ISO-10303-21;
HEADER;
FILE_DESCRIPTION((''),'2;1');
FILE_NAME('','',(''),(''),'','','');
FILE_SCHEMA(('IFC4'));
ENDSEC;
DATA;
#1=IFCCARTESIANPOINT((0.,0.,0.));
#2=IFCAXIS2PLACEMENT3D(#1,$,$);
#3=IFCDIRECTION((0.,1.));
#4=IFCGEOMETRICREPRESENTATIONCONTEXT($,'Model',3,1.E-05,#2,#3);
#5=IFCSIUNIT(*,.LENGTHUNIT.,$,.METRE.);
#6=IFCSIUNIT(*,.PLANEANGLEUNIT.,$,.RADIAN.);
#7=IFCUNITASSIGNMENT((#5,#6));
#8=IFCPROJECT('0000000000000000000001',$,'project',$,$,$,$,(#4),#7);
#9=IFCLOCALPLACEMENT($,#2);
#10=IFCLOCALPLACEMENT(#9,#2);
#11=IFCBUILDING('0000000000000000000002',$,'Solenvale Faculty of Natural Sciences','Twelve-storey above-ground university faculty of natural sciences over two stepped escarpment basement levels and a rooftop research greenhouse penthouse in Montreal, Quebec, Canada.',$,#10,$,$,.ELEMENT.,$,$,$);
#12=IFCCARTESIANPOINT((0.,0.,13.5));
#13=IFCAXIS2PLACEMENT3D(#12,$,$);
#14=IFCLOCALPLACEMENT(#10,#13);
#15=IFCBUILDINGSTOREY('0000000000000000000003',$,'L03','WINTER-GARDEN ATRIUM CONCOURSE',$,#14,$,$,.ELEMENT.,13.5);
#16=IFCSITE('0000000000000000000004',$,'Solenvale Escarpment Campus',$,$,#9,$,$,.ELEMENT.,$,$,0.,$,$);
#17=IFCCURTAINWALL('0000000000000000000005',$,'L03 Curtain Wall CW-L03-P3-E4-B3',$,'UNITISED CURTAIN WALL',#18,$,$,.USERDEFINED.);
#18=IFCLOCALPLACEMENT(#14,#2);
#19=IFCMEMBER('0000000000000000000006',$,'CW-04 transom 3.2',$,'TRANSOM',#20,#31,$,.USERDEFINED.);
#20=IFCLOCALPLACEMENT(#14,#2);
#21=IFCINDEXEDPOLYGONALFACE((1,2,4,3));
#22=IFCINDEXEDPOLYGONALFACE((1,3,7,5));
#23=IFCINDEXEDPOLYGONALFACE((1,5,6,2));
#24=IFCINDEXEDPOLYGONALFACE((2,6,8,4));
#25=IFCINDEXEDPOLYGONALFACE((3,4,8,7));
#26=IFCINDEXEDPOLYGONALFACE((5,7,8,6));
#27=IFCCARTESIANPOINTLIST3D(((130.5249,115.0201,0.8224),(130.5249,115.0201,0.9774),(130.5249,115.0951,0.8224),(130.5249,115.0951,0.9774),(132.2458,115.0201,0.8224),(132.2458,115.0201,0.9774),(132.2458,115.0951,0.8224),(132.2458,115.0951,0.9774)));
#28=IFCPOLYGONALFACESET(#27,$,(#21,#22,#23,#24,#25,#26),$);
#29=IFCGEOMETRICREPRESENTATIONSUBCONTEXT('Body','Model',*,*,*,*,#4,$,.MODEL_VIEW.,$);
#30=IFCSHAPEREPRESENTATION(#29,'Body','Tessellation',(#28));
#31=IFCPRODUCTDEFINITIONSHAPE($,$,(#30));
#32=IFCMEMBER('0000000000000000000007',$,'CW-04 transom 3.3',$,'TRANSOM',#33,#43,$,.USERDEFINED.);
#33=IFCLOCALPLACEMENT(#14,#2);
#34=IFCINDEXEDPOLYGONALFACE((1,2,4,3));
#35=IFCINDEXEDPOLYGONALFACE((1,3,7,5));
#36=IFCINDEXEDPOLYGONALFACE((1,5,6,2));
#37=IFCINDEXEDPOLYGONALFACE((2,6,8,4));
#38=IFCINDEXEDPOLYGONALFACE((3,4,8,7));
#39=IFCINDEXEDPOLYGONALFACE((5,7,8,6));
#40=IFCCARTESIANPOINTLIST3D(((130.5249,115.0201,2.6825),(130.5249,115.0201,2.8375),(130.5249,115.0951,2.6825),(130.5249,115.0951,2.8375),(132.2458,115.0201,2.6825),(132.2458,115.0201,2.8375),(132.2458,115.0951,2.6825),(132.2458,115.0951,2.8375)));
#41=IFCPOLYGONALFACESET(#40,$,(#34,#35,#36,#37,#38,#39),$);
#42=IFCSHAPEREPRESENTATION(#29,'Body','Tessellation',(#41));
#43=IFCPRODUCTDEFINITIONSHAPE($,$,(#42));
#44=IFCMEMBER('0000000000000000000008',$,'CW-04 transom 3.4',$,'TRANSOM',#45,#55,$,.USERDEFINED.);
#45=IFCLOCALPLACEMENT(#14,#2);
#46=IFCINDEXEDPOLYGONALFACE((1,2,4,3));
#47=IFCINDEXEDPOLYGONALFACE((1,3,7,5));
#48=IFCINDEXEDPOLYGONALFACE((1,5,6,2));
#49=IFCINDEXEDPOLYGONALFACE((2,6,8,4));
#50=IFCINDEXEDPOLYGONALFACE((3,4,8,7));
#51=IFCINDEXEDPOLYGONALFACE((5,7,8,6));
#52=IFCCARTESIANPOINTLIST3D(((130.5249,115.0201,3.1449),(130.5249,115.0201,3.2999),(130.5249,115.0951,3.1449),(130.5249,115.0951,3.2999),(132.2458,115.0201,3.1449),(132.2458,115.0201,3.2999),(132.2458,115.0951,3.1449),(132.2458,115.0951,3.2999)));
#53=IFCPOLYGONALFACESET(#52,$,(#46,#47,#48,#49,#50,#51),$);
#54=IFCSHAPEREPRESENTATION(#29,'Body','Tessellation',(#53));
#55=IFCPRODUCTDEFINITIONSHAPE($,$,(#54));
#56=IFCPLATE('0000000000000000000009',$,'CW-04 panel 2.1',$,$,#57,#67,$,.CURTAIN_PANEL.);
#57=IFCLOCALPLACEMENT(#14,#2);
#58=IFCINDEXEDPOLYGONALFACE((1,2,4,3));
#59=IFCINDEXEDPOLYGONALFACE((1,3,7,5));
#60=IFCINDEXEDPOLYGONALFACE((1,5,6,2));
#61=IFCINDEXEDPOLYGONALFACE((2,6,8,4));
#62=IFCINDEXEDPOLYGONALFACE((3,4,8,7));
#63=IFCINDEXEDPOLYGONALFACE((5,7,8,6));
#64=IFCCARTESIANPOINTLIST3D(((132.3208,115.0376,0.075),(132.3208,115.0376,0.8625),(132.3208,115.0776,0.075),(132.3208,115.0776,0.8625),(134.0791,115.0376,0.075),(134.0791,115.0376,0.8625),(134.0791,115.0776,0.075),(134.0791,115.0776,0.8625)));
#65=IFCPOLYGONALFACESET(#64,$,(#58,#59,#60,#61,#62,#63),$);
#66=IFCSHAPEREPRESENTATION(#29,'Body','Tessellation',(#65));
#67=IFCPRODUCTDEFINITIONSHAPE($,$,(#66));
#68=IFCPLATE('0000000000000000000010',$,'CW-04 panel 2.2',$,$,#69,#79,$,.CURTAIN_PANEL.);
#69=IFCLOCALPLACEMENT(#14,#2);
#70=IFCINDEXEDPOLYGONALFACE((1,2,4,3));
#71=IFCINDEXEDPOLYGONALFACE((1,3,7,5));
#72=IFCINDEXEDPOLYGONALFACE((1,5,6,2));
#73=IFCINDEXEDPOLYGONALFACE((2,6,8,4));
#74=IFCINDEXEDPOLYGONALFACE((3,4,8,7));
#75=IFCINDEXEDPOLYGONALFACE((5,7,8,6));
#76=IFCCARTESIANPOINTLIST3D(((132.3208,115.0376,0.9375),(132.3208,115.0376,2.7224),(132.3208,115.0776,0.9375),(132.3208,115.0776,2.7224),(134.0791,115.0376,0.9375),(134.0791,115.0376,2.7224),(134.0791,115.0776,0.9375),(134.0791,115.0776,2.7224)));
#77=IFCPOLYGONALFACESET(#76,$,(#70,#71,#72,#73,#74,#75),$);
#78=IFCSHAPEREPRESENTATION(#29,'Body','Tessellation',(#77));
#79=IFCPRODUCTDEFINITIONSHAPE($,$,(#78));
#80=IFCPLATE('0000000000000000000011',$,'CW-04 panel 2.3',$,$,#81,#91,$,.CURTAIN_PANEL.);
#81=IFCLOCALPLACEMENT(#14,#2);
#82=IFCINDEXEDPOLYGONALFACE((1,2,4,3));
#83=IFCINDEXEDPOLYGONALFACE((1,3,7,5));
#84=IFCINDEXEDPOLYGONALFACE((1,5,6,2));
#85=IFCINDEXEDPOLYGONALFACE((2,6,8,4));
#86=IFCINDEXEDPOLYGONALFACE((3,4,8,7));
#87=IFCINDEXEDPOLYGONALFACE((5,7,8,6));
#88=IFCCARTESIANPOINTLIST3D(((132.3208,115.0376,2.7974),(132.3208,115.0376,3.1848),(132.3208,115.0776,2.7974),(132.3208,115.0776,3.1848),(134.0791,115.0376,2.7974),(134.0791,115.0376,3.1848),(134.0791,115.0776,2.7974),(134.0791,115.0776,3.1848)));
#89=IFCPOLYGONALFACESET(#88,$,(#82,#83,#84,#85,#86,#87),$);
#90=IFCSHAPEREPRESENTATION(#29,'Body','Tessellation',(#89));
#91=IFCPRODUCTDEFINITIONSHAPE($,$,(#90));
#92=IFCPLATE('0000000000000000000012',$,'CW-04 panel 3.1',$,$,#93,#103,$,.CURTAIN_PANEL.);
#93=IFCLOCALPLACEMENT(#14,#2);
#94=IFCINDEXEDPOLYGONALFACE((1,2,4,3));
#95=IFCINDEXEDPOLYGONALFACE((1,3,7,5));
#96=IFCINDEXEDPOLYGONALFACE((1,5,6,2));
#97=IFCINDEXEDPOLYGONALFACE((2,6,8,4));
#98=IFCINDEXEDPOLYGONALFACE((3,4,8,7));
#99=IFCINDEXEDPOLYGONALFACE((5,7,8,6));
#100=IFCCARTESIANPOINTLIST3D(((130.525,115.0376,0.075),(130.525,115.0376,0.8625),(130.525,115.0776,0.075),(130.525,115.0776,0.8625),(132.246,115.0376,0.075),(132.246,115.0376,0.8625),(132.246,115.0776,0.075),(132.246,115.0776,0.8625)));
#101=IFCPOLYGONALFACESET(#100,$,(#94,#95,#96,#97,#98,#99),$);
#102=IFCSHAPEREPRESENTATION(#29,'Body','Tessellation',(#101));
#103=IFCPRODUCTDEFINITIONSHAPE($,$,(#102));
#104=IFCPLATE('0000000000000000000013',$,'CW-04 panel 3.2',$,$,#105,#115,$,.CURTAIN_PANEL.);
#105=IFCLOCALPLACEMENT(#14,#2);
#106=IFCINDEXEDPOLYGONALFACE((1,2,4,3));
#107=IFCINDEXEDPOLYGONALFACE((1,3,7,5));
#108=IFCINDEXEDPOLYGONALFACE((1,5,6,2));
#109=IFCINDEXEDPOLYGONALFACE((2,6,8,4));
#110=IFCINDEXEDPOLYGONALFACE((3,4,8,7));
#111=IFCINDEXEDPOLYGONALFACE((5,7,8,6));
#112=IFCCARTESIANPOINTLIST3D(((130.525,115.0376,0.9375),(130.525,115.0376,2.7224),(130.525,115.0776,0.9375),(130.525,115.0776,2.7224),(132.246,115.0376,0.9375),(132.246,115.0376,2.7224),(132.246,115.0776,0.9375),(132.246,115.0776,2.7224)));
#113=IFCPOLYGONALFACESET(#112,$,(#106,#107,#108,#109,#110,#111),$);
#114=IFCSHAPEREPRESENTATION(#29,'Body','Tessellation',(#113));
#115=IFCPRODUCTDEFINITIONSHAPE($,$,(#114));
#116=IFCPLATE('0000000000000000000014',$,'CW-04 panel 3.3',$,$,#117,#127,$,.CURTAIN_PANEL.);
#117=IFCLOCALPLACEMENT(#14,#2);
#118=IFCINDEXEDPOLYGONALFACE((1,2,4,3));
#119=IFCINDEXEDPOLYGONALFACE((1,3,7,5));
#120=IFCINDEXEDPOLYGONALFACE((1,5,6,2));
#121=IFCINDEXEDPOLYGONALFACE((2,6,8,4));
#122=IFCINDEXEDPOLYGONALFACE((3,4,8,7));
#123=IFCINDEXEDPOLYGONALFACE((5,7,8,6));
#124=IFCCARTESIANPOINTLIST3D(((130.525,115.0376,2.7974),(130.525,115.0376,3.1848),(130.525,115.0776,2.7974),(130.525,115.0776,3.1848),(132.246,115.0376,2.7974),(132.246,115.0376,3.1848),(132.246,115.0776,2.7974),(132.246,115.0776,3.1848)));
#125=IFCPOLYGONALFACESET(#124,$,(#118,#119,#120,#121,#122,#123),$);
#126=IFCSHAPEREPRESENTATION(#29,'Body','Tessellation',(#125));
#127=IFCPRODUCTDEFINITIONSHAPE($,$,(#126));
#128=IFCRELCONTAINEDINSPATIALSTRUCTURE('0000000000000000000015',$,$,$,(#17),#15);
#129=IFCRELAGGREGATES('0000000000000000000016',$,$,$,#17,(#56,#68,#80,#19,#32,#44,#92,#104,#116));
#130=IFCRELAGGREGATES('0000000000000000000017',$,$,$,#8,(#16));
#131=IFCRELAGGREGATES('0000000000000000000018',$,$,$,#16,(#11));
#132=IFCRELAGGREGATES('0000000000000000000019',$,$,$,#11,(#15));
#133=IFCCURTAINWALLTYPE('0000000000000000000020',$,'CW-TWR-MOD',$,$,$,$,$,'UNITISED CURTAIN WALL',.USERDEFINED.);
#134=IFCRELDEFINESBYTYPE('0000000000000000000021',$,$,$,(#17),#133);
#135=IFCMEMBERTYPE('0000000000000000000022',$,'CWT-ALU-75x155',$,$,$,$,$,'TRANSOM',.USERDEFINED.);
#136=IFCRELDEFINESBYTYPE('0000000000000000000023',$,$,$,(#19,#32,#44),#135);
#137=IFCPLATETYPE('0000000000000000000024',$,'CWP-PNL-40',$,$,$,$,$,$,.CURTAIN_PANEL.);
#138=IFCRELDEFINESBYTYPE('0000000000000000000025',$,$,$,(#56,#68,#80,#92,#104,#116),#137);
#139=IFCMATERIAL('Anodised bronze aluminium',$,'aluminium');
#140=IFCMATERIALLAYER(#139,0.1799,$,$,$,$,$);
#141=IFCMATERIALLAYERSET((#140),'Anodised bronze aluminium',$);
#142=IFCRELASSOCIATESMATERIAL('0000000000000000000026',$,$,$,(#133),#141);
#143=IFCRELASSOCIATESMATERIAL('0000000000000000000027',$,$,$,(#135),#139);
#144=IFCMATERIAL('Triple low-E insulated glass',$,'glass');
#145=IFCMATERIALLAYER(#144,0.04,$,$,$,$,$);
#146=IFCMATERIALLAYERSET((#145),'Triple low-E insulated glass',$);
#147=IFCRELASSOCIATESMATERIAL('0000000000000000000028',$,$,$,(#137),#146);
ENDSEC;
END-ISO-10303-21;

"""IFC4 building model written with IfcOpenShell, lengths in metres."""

from ifc_helpers import new_model, si_unit, direction, frame, origin, origin_2d, place, context, subcontext, project, spatial, rectangle, extrude, material, layer, layer_set, material_profile, profile_set, type_object, element, aggregate, save


model = new_model("IFC4")

# Units and contexts
model_context = context("Model", 3, precision=1e-05, world=origin(), true_north=direction((0.0, 1.0)))
body_context = subcontext(model_context, "Body", "Model", "MODEL_VIEW")
ifc_project = project(units=[si_unit("LENGTHUNIT", "METRE"), si_unit("PLANEANGLEUNIT", "RADIAN")], contexts=[model_context])

# Site, building, storey
site_placement = place(None, origin())
site = spatial("IfcSite", under=ifc_project, at=site_placement, Name="Solenvale Escarpment Campus", CompositionType="ELEMENT", RefElevation=0.0)
building_placement = place(site_placement, origin())
building = spatial("IfcBuilding", under=site, at=building_placement, Name="Solenvale Faculty of Natural Sciences", Description="Twelve-storey above-ground university faculty of natural sciences over two stepped escarpment basement levels and a rooftop research greenhouse penthouse in Montreal, Quebec, Canada.", CompositionType="ELEMENT")
storey_placement = place(building_placement, frame((0.0, 0.0, 13.5)))
storey = spatial("IfcBuildingStorey", under=building, at=storey_placement, Name="L03", Description="WINTER-GARDEN ATRIUM CONCOURSE", CompositionType="ELEMENT", Elevation=13.5)

# Curtain wall, members, plates
ifc_material_1 = material(Name="Anodised bronze aluminium", Category="aluminium")
ifc_layer_1 = layer(ifc_material_1, 0.1799)
ifc_layer_set_1 = layer_set([ifc_layer_1], Name="Anodised bronze aluminium")
curtain_wall_type = type_object("IfcCurtainWallType", Name="CW-TWR-MOD", ElementType="UNITISED CURTAIN WALL", PredefinedType="USERDEFINED", material=ifc_layer_set_1)
curtain_wall_placement = place(storey_placement, origin())
curtain_wall = element("IfcCurtainWall", 1, at=curtain_wall_placement, inside=storey, type_object=curtain_wall_type, Name="L03 Curtain Wall CW-L03-P3-E4-B3", ObjectType="UNITISED CURTAIN WALL", PredefinedType="USERDEFINED")
ifc_material_profile_1 = material_profile(ifc_material_1, rectangle(XDim=0.075, YDim=0.155, at=origin_2d()), Name="ALU-TRN-75x155")
ifc_profile_set_1 = profile_set([ifc_material_profile_1], Name="Anodised bronze aluminium")
member_type_1 = type_object("IfcMemberType", Name="CWT-ALU-75x155", ElementType="TRANSOM", PredefinedType="USERDEFINED", material=ifc_profile_set_1)
member_1_placement = place(storey_placement, frame((132.2458, 115.0576, 0.8999), z_axis=(-1.0, 0.0, 0.0), x_axis=(0.0, -1.0, 0.0)))
member_1 = element("IfcMember", 2, at=member_1_placement, type_object=member_type_1, Name="CW-04 transom 3.2", ObjectType="TRANSOM", PredefinedType="USERDEFINED", context=body_context, shape_type="SweptSolid", body=[
    extrude(rectangle(XDim=0.075, YDim=0.155, at=origin_2d()), origin(), (0.0, 0.0, 1.0), 1.7209),
])
member_2_placement = place(storey_placement, frame((132.2458, 115.0576, 2.76), z_axis=(-1.0, 0.0, 0.0), x_axis=(0.0, -1.0, 0.0)))
member_2 = element("IfcMember", 3, at=member_2_placement, type_object=member_type_1, Name="CW-04 transom 3.3", ObjectType="TRANSOM", PredefinedType="USERDEFINED", context=body_context, shape_type="SweptSolid", body=[
    extrude(rectangle(XDim=0.075, YDim=0.155, at=origin_2d()), origin(), (0.0, 0.0, 1.0), 1.7209),
])
member_3_placement = place(storey_placement, frame((132.2458, 115.0576, 3.2224), z_axis=(-1.0, 0.0, 0.0), x_axis=(0.0, -1.0, 0.0)))
member_3 = element("IfcMember", 4, at=member_3_placement, type_object=member_type_1, Name="CW-04 transom 3.4", ObjectType="TRANSOM", PredefinedType="USERDEFINED", context=body_context, shape_type="SweptSolid", body=[
    extrude(rectangle(XDim=0.075, YDim=0.155, at=origin_2d()), origin(), (0.0, 0.0, 1.0), 1.7209),
])
ifc_material_2 = material(Name="Triple low-E insulated glass", Category="glass")
ifc_layer_2 = layer(ifc_material_2, 0.04)
ifc_layer_set_2 = layer_set([ifc_layer_2], Name="Triple low-E insulated glass")
plate_type = type_object("IfcPlateType", Name="CWP-PNL-40", PredefinedType="CURTAIN_PANEL", material=ifc_layer_set_2)
plate_1_placement = place(storey_placement, frame((133.2, 115.0576, 0.075), z_axis=(0.0, 0.0, 1.0), x_axis=(-1.0, 0.0, 0.0)))
plate_1 = element("IfcPlate", 5, at=plate_1_placement, type_object=plate_type, Name="CW-04 panel 2.1", PredefinedType="CURTAIN_PANEL", context=body_context, shape_type="SweptSolid", body=[
    extrude(rectangle(XDim=1.7583, YDim=0.04, at=origin_2d()), origin(), (0.0, 0.0, 1.0), 0.7876),
])
plate_2_placement = place(storey_placement, frame((133.2, 115.0576, 0.9375), z_axis=(0.0, 0.0, 1.0), x_axis=(-1.0, 0.0, 0.0)))
plate_2 = element("IfcPlate", 6, at=plate_2_placement, type_object=plate_type, Name="CW-04 panel 2.2", PredefinedType="CURTAIN_PANEL", context=body_context, shape_type="SweptSolid", body=[
    extrude(rectangle(XDim=1.7583, YDim=0.04, at=origin_2d()), origin(), (0.0, 0.0, 1.0), 1.7849),
])
plate_3_placement = place(storey_placement, frame((133.2, 115.0576, 2.7974), z_axis=(0.0, 0.0, 1.0), x_axis=(-1.0, 0.0, 0.0)))
plate_3 = element("IfcPlate", 7, at=plate_3_placement, type_object=plate_type, Name="CW-04 panel 2.3", PredefinedType="CURTAIN_PANEL", context=body_context, shape_type="SweptSolid", body=[
    extrude(rectangle(XDim=1.7583, YDim=0.04, at=origin_2d()), origin(), (0.0, 0.0, 1.0), 0.3875),
])
plate_4_placement = place(storey_placement, frame((131.3855, 115.0576, 0.075), z_axis=(0.0, 0.0, 1.0), x_axis=(-1.0, 0.0, 0.0)))
plate_4 = element("IfcPlate", 8, at=plate_4_placement, type_object=plate_type, Name="CW-04 panel 3.1", PredefinedType="CURTAIN_PANEL", context=body_context, shape_type="SweptSolid", body=[
    extrude(rectangle(XDim=1.7209, YDim=0.04, at=origin_2d()), origin(), (0.0, 0.0, 1.0), 0.7876),
])
plate_5_placement = place(storey_placement, frame((131.3855, 115.0576, 0.9375), z_axis=(0.0, 0.0, 1.0), x_axis=(-1.0, 0.0, 0.0)))
plate_5 = element("IfcPlate", 9, at=plate_5_placement, type_object=plate_type, Name="CW-04 panel 3.2", PredefinedType="CURTAIN_PANEL", context=body_context, shape_type="SweptSolid", body=[
    extrude(rectangle(XDim=1.7209, YDim=0.04, at=origin_2d()), origin(), (0.0, 0.0, 1.0), 1.7849),
])
plate_6_placement = place(storey_placement, frame((131.3855, 115.0576, 2.7974), z_axis=(0.0, 0.0, 1.0), x_axis=(-1.0, 0.0, 0.0)))
plate_6 = element("IfcPlate", 10, at=plate_6_placement, type_object=plate_type, Name="CW-04 panel 3.3", PredefinedType="CURTAIN_PANEL", context=body_context, shape_type="SweptSolid", body=[
    extrude(rectangle(XDim=1.7209, YDim=0.04, at=origin_2d()), origin(), (0.0, 0.0, 1.0), 0.3875),
])
aggregate(curtain_wall, [plate_1, plate_2, plate_3, member_1, member_2, member_3, plate_4, plate_5, plate_6])

save(model, "model.ifc")
